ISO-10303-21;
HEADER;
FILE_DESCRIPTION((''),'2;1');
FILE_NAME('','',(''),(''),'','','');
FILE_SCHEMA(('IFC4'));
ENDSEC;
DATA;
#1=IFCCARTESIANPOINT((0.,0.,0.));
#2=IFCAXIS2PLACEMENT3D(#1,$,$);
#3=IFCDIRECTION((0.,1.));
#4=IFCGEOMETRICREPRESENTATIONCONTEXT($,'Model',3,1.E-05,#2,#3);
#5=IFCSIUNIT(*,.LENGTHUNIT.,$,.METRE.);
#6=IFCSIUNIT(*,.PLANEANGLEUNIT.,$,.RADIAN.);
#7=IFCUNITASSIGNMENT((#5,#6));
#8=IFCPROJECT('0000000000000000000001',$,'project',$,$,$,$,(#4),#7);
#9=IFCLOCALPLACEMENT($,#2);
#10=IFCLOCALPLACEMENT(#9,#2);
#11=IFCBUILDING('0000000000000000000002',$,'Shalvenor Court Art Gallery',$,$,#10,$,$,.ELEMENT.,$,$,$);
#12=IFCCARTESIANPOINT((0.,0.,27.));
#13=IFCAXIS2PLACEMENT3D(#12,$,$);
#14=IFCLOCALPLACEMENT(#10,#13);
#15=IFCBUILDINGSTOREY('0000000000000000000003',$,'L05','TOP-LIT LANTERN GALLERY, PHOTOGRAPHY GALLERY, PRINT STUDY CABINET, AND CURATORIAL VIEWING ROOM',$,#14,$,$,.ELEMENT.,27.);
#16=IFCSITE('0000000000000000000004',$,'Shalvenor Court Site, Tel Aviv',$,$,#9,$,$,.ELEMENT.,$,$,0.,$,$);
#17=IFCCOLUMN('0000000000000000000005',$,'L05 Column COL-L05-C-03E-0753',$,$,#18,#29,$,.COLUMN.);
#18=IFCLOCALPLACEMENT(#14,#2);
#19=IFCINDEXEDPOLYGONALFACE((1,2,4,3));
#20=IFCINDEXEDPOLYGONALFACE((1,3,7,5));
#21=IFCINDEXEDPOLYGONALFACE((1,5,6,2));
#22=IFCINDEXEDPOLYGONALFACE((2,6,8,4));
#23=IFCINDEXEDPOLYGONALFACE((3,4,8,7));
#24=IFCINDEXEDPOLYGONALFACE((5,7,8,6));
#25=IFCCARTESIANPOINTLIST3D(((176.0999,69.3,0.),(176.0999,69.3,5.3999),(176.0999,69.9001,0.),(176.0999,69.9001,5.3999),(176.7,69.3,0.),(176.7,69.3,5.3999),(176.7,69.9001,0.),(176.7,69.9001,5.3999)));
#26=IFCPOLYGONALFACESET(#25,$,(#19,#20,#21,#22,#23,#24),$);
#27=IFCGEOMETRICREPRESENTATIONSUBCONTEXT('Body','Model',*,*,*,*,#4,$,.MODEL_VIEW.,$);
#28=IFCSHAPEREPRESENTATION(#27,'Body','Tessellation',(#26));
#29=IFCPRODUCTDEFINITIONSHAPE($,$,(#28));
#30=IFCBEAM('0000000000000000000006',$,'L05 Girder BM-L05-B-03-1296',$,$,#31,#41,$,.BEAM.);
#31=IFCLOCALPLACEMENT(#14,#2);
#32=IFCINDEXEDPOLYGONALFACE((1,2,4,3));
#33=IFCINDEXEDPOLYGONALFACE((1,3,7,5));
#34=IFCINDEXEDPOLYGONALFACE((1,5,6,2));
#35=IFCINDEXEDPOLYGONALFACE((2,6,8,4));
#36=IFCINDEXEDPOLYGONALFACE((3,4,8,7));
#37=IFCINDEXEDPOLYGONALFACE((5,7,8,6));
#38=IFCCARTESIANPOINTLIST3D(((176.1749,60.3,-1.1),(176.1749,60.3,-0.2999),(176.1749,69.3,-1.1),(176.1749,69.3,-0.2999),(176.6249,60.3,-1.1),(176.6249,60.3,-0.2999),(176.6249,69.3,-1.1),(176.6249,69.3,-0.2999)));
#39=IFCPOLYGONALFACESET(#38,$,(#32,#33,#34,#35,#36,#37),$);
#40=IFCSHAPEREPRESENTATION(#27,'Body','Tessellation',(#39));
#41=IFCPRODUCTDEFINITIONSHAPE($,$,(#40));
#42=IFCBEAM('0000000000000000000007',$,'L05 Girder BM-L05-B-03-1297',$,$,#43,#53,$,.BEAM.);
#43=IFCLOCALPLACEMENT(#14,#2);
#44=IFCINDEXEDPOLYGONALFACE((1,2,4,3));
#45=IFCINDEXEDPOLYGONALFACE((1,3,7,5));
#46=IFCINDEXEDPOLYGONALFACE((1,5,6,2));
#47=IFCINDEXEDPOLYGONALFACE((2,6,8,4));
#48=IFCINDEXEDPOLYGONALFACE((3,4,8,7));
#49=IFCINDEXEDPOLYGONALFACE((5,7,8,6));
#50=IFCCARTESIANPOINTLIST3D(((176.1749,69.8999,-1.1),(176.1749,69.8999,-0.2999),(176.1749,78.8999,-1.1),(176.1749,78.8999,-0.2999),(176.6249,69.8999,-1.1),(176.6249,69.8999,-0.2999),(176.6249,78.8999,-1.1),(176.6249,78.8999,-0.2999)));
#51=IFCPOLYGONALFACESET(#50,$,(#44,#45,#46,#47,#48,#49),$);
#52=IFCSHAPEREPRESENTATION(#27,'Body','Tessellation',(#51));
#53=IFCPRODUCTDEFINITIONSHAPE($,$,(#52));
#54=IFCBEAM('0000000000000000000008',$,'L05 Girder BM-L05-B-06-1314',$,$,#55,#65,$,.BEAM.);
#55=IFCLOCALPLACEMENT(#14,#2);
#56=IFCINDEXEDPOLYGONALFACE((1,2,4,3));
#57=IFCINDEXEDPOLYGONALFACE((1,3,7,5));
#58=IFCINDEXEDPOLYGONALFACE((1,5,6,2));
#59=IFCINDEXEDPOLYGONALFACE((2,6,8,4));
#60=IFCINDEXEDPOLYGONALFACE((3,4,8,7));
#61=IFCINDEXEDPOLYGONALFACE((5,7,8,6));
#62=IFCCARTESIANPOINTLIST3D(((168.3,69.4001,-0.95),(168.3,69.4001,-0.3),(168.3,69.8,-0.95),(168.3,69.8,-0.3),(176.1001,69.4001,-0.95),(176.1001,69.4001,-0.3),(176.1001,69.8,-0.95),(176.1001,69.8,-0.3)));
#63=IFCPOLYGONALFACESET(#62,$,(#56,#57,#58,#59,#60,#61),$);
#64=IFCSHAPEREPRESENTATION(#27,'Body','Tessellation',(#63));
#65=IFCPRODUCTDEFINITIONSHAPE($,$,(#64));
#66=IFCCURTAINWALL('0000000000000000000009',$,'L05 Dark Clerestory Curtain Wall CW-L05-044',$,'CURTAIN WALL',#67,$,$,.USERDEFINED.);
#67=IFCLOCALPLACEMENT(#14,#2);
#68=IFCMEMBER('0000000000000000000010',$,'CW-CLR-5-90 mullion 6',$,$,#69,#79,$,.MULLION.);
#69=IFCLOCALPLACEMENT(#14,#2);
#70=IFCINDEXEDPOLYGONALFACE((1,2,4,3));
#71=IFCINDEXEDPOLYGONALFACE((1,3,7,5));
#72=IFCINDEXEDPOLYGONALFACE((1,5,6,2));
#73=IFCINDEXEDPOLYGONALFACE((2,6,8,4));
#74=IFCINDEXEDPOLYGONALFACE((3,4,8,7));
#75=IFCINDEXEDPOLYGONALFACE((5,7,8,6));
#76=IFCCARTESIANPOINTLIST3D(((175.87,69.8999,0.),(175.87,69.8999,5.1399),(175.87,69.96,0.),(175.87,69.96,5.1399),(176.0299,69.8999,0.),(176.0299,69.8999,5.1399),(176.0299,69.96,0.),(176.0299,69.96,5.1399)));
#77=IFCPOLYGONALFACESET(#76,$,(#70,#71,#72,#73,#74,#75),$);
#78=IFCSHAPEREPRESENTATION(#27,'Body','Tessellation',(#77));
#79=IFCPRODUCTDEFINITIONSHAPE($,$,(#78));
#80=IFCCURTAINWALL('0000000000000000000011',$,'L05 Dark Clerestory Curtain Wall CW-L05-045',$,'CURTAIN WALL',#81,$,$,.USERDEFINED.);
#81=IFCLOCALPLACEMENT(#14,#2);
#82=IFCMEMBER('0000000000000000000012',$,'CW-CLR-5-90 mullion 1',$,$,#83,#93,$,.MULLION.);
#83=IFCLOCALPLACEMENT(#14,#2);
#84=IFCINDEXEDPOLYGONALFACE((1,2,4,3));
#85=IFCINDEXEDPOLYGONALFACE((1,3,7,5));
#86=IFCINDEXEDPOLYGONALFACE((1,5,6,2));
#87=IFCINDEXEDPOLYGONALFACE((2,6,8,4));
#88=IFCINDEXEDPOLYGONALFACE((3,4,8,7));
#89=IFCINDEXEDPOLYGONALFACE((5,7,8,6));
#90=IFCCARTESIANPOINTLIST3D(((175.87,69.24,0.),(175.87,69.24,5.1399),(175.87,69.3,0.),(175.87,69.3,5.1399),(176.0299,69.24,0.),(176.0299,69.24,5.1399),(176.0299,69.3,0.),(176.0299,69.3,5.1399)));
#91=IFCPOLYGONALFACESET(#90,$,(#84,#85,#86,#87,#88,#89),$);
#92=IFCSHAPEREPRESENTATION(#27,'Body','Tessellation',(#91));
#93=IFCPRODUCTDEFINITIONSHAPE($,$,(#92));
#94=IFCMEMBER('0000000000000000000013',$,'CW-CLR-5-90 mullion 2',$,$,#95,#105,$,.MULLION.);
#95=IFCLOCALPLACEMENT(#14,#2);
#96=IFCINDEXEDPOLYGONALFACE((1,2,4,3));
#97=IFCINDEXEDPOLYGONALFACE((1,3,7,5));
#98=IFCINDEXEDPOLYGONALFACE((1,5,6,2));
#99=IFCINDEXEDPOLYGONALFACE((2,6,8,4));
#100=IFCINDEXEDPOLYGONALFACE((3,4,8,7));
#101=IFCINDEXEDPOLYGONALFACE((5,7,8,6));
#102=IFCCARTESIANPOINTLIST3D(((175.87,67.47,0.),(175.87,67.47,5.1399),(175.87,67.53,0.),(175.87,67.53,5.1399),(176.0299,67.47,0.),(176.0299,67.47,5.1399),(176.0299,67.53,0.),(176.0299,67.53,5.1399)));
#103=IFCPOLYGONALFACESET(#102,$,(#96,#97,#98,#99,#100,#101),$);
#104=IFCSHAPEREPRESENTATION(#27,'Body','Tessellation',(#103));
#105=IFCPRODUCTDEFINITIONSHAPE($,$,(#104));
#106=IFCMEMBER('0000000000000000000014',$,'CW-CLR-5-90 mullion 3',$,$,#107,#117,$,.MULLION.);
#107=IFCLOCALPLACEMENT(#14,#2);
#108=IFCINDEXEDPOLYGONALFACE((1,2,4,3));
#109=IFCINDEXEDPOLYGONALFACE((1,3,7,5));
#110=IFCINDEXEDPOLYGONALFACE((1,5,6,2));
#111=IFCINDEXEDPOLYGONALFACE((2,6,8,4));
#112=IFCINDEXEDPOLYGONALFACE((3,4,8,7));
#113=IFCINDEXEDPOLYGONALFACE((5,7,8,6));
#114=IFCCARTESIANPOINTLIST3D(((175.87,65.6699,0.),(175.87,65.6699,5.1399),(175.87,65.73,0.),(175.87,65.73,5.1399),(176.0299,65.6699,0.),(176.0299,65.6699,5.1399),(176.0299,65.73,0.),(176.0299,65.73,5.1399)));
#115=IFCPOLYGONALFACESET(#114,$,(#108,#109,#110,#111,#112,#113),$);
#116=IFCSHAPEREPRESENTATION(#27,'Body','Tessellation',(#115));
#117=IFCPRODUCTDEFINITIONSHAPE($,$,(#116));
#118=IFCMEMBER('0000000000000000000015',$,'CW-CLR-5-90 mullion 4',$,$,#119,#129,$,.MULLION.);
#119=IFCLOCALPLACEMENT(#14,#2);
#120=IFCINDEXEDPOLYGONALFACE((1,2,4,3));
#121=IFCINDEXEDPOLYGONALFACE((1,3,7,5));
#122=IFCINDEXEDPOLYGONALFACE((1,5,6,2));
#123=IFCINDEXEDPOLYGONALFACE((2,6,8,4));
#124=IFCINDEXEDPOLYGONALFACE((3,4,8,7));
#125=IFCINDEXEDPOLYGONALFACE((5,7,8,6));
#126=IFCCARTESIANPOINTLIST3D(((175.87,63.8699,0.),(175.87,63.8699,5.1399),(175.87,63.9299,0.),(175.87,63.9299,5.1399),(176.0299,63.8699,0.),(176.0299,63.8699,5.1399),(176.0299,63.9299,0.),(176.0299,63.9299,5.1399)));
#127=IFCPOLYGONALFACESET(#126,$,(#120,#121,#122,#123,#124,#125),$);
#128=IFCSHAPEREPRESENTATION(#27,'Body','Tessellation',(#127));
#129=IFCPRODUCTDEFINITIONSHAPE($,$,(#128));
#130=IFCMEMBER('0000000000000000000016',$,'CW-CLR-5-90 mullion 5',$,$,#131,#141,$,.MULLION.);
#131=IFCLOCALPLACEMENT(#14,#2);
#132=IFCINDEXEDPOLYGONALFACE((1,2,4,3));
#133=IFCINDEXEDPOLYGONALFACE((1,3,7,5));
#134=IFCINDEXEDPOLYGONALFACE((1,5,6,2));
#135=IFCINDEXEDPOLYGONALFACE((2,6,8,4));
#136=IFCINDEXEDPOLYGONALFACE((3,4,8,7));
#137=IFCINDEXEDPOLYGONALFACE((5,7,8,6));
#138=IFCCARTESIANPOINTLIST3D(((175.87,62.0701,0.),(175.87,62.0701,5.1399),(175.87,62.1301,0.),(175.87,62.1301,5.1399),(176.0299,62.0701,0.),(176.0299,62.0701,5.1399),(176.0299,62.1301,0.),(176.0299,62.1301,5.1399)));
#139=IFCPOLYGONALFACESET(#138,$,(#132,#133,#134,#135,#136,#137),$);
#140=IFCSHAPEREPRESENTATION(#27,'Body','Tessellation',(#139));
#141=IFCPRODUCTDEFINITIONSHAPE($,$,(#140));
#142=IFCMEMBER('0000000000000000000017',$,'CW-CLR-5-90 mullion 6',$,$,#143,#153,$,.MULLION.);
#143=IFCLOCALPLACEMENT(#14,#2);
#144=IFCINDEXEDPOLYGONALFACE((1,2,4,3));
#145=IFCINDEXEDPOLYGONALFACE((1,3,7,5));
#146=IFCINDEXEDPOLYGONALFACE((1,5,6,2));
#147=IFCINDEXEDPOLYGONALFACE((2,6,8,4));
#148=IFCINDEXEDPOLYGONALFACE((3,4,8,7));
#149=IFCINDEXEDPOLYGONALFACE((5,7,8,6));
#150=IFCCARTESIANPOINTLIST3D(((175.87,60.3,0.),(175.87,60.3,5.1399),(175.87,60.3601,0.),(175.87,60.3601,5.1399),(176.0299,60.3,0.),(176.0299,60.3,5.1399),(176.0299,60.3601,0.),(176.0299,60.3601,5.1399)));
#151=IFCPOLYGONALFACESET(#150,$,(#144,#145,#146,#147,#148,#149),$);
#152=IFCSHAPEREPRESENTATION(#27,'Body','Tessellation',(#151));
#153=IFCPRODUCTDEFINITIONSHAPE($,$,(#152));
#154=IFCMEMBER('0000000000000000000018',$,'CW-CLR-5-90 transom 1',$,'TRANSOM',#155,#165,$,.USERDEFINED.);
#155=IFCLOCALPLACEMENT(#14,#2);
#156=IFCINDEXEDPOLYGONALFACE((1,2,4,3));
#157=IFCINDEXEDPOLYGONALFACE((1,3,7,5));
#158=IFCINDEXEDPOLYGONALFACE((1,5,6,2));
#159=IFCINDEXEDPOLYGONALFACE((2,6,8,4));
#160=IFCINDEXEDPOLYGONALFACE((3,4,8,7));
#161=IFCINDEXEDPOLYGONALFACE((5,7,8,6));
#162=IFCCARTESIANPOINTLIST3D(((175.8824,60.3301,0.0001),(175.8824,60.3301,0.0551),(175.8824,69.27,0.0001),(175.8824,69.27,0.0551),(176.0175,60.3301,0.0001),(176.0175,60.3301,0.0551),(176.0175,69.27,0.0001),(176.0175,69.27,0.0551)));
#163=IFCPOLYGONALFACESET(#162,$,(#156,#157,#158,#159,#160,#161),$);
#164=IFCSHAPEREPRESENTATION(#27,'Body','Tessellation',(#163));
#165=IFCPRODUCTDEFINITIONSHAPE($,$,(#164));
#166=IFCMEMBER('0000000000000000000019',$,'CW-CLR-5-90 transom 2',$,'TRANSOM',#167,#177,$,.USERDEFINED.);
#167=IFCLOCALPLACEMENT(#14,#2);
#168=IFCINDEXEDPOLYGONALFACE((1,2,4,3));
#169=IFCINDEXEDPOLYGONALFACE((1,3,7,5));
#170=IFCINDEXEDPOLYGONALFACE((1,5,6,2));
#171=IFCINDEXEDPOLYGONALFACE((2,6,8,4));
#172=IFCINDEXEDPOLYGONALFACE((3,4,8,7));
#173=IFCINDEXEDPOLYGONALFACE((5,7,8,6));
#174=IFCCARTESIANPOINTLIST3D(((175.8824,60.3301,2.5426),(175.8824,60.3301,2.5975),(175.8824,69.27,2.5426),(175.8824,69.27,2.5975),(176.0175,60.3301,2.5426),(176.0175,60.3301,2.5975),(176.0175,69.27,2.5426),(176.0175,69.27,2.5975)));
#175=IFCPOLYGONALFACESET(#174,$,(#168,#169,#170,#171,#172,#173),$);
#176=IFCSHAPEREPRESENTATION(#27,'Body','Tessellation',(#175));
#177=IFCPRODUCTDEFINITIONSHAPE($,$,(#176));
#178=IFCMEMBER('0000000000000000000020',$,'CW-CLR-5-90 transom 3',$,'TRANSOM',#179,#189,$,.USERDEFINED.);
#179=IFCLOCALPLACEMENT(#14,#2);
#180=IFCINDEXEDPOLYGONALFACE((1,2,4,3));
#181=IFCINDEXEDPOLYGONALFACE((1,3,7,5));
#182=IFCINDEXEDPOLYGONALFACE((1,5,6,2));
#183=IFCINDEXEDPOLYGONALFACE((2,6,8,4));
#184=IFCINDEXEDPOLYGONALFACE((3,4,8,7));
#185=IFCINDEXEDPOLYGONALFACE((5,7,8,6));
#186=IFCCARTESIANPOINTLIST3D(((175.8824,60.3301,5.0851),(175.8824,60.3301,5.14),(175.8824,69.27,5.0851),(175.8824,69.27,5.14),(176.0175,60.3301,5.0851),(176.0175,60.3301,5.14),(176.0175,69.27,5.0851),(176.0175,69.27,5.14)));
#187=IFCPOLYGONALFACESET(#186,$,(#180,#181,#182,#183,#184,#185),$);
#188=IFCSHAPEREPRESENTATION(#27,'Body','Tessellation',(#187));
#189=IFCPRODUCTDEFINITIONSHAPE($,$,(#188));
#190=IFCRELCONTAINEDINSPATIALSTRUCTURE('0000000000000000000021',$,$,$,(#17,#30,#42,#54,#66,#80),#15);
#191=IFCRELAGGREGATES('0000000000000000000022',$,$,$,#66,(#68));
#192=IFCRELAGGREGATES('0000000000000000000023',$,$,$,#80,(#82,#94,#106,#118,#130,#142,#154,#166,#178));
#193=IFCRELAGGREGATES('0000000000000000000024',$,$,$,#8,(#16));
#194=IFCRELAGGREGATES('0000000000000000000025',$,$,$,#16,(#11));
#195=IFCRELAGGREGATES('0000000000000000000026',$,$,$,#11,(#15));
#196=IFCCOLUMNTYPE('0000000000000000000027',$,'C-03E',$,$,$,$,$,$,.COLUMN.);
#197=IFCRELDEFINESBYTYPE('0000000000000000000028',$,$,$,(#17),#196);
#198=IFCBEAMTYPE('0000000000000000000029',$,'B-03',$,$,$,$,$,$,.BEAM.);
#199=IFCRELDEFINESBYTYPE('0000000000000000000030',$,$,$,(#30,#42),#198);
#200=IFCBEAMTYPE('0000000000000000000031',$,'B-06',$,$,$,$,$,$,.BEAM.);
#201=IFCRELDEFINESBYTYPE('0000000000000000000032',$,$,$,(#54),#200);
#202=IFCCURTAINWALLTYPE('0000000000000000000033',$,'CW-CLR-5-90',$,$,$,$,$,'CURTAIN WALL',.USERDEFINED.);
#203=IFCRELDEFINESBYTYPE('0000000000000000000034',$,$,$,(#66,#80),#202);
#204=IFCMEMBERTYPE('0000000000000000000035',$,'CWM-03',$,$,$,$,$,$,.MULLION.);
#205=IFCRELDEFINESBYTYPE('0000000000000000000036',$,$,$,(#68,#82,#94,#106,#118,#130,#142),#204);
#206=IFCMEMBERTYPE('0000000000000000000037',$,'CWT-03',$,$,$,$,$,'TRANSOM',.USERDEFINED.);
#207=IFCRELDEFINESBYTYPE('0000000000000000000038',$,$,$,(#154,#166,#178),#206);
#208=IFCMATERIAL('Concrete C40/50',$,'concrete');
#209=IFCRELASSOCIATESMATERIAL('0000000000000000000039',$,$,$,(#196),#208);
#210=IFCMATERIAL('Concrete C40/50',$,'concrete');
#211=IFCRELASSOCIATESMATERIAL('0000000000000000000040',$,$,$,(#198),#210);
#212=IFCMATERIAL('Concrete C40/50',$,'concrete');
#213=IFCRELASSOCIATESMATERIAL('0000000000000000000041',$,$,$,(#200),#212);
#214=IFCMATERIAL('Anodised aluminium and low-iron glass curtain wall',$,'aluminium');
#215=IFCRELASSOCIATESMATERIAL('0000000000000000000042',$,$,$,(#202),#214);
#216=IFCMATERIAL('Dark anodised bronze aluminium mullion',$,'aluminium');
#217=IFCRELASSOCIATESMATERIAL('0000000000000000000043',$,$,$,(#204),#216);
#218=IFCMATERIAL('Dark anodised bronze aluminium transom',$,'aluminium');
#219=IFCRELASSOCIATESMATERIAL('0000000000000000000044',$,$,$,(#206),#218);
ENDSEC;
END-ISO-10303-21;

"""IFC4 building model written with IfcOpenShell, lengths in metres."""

from ifc_helpers import new_model, si_unit, direction, frame, origin, origin_2d, place, context, subcontext, project, spatial, rectangle, extrude, material, material_profile, profile_set, type_object, element, aggregate, save


model = new_model("IFC4")

# Units and contexts
model_context = context("Model", 3, precision=1e-05, world=origin(), true_north=direction((0.0, 1.0)))
body_context = subcontext(model_context, "Body", "Model", "MODEL_VIEW")
ifc_project = project(units=[si_unit("LENGTHUNIT", "METRE"), si_unit("PLANEANGLEUNIT", "RADIAN")], contexts=[model_context])

# Site, building, storey
site_placement = place(None, origin())
site = spatial("IfcSite", under=ifc_project, at=site_placement, Name="Shalvenor Court Site, Tel Aviv", CompositionType="ELEMENT", RefElevation=0.0)
building_placement = place(site_placement, origin())
building = spatial("IfcBuilding", under=site, at=building_placement, Name="Shalvenor Court Art Gallery", CompositionType="ELEMENT")
storey_placement = place(building_placement, frame((0.0, 0.0, 27.0)))
storey = spatial("IfcBuildingStorey", under=building, at=storey_placement, Name="L05", Description="TOP-LIT LANTERN GALLERY, PHOTOGRAPHY GALLERY, PRINT STUDY CABINET, AND CURATORIAL VIEWING ROOM", CompositionType="ELEMENT", Elevation=27.0)

# Column
ifc_material_1 = material(Name="Concrete C40/50", Category="concrete")
ifc_material_profile_1 = material_profile(ifc_material_1, rectangle(XDim=0.6001, YDim=0.6001, at=origin_2d()), Name="RC 600x600")
ifc_profile_set_1 = profile_set([ifc_material_profile_1], Name="Concrete C40/50")
column_type = type_object("IfcColumnType", Name="C-03E", PredefinedType="COLUMN", material=ifc_profile_set_1)
column_placement = place(storey_placement, frame((176.3999, 69.6001, 0.0), z_axis=(0.0, 0.0, 1.0), x_axis=(1.0, 0.0, 0.0)))
element("IfcColumn", 1, at=column_placement, inside=storey, type_object=column_type, Name="L05 Column COL-L05-C-03E-0753", PredefinedType="COLUMN", context=body_context, shape_type="SweptSolid", body=[
    extrude(rectangle(XDim=0.6001, YDim=0.6001, at=origin_2d()), origin(), (0.0, 0.0, 1.0), 5.3999),
])

# Beams
ifc_material_2 = material(Name="Concrete C40/50", Category="concrete")
ifc_material_profile_2 = material_profile(ifc_material_2, rectangle(XDim=0.45, YDim=0.8, at=origin_2d()), Name="RC 450x800")
ifc_profile_set_2 = profile_set([ifc_material_profile_2], Name="Concrete C40/50")
beam_type_1 = type_object("IfcBeamType", Name="B-03", PredefinedType="BEAM", material=ifc_profile_set_2)
for number, where, z_axis, x_axis, name in (
    (2, (176.3999, 60.3, -0.7), (0.0, 1.0, 0.0), (-1.0, 0.0, 0.0), "L05 Girder BM-L05-B-03-1296"),
    (3, (176.3999, 69.8999, -0.7), (0.0, 1.0, 0.0), (-1.0, 0.0, 0.0), "L05 Girder BM-L05-B-03-1297"),
):
    element("IfcBeam", number, at=place(storey_placement, frame(where, z_axis=z_axis, x_axis=x_axis)), inside=storey, type_object=beam_type_1, Name=name, PredefinedType="BEAM", context=body_context, shape_type="SweptSolid", body=[
        extrude(rectangle(XDim=0.45, YDim=0.8, at=origin_2d()), origin(), (0.0, 0.0, 1.0), 9.0),
    ])
ifc_material_3 = material(Name="Concrete C40/50", Category="concrete")
ifc_material_profile_3 = material_profile(ifc_material_3, rectangle(XDim=0.3999, YDim=0.6499, at=origin_2d()), Name="RC 400x650")
ifc_profile_set_3 = profile_set([ifc_material_profile_3], Name="Concrete C40/50")
beam_type_2 = type_object("IfcBeamType", Name="B-06", PredefinedType="BEAM", material=ifc_profile_set_3)
beam_placement = place(storey_placement, frame((168.3, 69.6001, -0.625), z_axis=(1.0, 0.0, 0.0), x_axis=(0.0, 1.0, 0.0)))
element("IfcBeam", 4, at=beam_placement, inside=storey, type_object=beam_type_2, Name="L05 Girder BM-L05-B-06-1314", PredefinedType="BEAM", context=body_context, shape_type="SweptSolid", body=[
    extrude(rectangle(XDim=0.3999, YDim=0.6499, at=origin_2d()), origin(), (0.0, 0.0, 1.0), 7.8),
])

# Curtain wall, member
ifc_material_4 = material(Name="Anodised aluminium and low-iron glass curtain wall", Category="aluminium")
curtain_wall_type = type_object("IfcCurtainWallType", Name="CW-CLR-5-90", ElementType="CURTAIN WALL", PredefinedType="USERDEFINED", material=ifc_material_4)
curtain_wall_1_placement = place(storey_placement, origin())
curtain_wall_1 = element("IfcCurtainWall", 5, at=curtain_wall_1_placement, inside=storey, type_object=curtain_wall_type, Name="L05 Dark Clerestory Curtain Wall CW-L05-044", ObjectType="CURTAIN WALL", PredefinedType="USERDEFINED")
ifc_material_5 = material(Name="Dark anodised bronze aluminium mullion", Category="aluminium")
ifc_material_profile_4 = material_profile(ifc_material_5, rectangle(XDim=0.0601, YDim=0.1599, at=origin_2d()), Name="CWM-03")
ifc_profile_set_4 = profile_set([ifc_material_profile_4], Name="Dark anodised bronze aluminium mullion")
member_type_1 = type_object("IfcMemberType", Name="CWM-03", PredefinedType="MULLION", material=ifc_profile_set_4)
member_1_placement = place(storey_placement, frame((175.95, 69.9299, 0.0), z_axis=(0.0, 0.0, 1.0), x_axis=(0.0, -1.0, 0.0)))
member_1 = element("IfcMember", 6, at=member_1_placement, type_object=member_type_1, Name="CW-CLR-5-90 mullion 6", PredefinedType="MULLION", context=body_context, shape_type="SweptSolid", body=[
    extrude(rectangle(XDim=0.0601, YDim=0.1599, at=origin_2d()), origin(), (0.0, 0.0, 1.0), 5.1399),
])
aggregate(curtain_wall_1, [member_1])

# Curtain wall, members
curtain_wall_2_placement = place(storey_placement, origin())
curtain_wall_2 = element("IfcCurtainWall", 7, at=curtain_wall_2_placement, inside=storey, type_object=curtain_wall_type, Name="L05 Dark Clerestory Curtain Wall CW-L05-045", ObjectType="CURTAIN WALL", PredefinedType="USERDEFINED")
member_2_placement = place(storey_placement, frame((175.95, 69.27, 0.0), z_axis=(0.0, 0.0, 1.0), x_axis=(0.0, -1.0, 0.0)))
member_2 = element("IfcMember", 8, at=member_2_placement, type_object=member_type_1, Name="CW-CLR-5-90 mullion 1", PredefinedType="MULLION", context=body_context, shape_type="SweptSolid", body=[
    extrude(rectangle(XDim=0.0601, YDim=0.1599, at=origin_2d()), origin(), (0.0, 0.0, 1.0), 5.1399),
])
member_3_placement = place(storey_placement, frame((175.95, 67.5, 0.0), z_axis=(0.0, 0.0, 1.0), x_axis=(0.0, -1.0, 0.0)))
member_3 = element("IfcMember", 9, at=member_3_placement, type_object=member_type_1, Name="CW-CLR-5-90 mullion 2", PredefinedType="MULLION", context=body_context, shape_type="SweptSolid", body=[
    extrude(rectangle(XDim=0.0601, YDim=0.1599, at=origin_2d()), origin(), (0.0, 0.0, 1.0), 5.1399),
])
member_4_placement = place(storey_placement, frame((175.95, 65.7, 0.0), z_axis=(0.0, 0.0, 1.0), x_axis=(0.0, -1.0, 0.0)))
member_4 = element("IfcMember", 10, at=member_4_placement, type_object=member_type_1, Name="CW-CLR-5-90 mullion 3", PredefinedType="MULLION", context=body_context, shape_type="SweptSolid", body=[
    extrude(rectangle(XDim=0.0601, YDim=0.1599, at=origin_2d()), origin(), (0.0, 0.0, 1.0), 5.1399),
])
member_5_placement = place(storey_placement, frame((175.95, 63.8999, 0.0), z_axis=(0.0, 0.0, 1.0), x_axis=(0.0, -1.0, 0.0)))
member_5 = element("IfcMember", 11, at=member_5_placement, type_object=member_type_1, Name="CW-CLR-5-90 mullion 4", PredefinedType="MULLION", context=body_context, shape_type="SweptSolid", body=[
    extrude(rectangle(XDim=0.0601, YDim=0.1599, at=origin_2d()), origin(), (0.0, 0.0, 1.0), 5.1399),
])
member_6_placement = place(storey_placement, frame((175.95, 62.1001, 0.0), z_axis=(0.0, 0.0, 1.0), x_axis=(0.0, -1.0, 0.0)))
member_6 = element("IfcMember", 12, at=member_6_placement, type_object=member_type_1, Name="CW-CLR-5-90 mullion 5", PredefinedType="MULLION", context=body_context, shape_type="SweptSolid", body=[
    extrude(rectangle(XDim=0.0601, YDim=0.1599, at=origin_2d()), origin(), (0.0, 0.0, 1.0), 5.1399),
])
member_7_placement = place(storey_placement, frame((175.95, 60.3301, 0.0), z_axis=(0.0, 0.0, 1.0), x_axis=(0.0, -1.0, 0.0)))
member_7 = element("IfcMember", 13, at=member_7_placement, type_object=member_type_1, Name="CW-CLR-5-90 mullion 6", PredefinedType="MULLION", context=body_context, shape_type="SweptSolid", body=[
    extrude(rectangle(XDim=0.0601, YDim=0.1599, at=origin_2d()), origin(), (0.0, 0.0, 1.0), 5.1399),
])
ifc_material_6 = material(Name="Dark anodised bronze aluminium transom", Category="aluminium")
ifc_material_profile_5 = material_profile(ifc_material_6, rectangle(XDim=0.135, YDim=0.0549, at=origin_2d()), Name="CWT-03")
ifc_profile_set_5 = profile_set([ifc_material_profile_5], Name="Dark anodised bronze aluminium transom")
member_type_2 = type_object("IfcMemberType", Name="CWT-03", ElementType="TRANSOM", PredefinedType="USERDEFINED", material=ifc_profile_set_5)
member_8_placement = place(storey_placement, frame((175.95, 69.27, 0.0276), z_axis=(0.0, -1.0, 0.0), x_axis=(1.0, 0.0, 0.0)))
member_8 = element("IfcMember", 14, at=member_8_placement, type_object=member_type_2, Name="CW-CLR-5-90 transom 1", ObjectType="TRANSOM", PredefinedType="USERDEFINED", context=body_context, shape_type="SweptSolid", body=[
    extrude(rectangle(XDim=0.135, YDim=0.0549, at=origin_2d()), origin(), (0.0, 0.0, 1.0), 8.9399),
])
member_9_placement = place(storey_placement, frame((175.95, 69.27, 2.5701), z_axis=(0.0, -1.0, 0.0), x_axis=(1.0, 0.0, 0.0)))
member_9 = element("IfcMember", 15, at=member_9_placement, type_object=member_type_2, Name="CW-CLR-5-90 transom 2", ObjectType="TRANSOM", PredefinedType="USERDEFINED", context=body_context, shape_type="SweptSolid", body=[
    extrude(rectangle(XDim=0.135, YDim=0.0549, at=origin_2d()), origin(), (0.0, 0.0, 1.0), 8.9399),
])
member_10_placement = place(storey_placement, frame((175.95, 69.27, 5.1125), z_axis=(0.0, -1.0, 0.0), x_axis=(1.0, 0.0, 0.0)))
member_10 = element("IfcMember", 16, at=member_10_placement, type_object=member_type_2, Name="CW-CLR-5-90 transom 3", ObjectType="TRANSOM", PredefinedType="USERDEFINED", context=body_context, shape_type="SweptSolid", body=[
    extrude(rectangle(XDim=0.135, YDim=0.0549, at=origin_2d()), origin(), (0.0, 0.0, 1.0), 8.9399),
])
aggregate(curtain_wall_2, [member_2, member_3, member_4, member_5, member_6, member_7, member_8, member_9, member_10])

save(model, "model.ifc")
